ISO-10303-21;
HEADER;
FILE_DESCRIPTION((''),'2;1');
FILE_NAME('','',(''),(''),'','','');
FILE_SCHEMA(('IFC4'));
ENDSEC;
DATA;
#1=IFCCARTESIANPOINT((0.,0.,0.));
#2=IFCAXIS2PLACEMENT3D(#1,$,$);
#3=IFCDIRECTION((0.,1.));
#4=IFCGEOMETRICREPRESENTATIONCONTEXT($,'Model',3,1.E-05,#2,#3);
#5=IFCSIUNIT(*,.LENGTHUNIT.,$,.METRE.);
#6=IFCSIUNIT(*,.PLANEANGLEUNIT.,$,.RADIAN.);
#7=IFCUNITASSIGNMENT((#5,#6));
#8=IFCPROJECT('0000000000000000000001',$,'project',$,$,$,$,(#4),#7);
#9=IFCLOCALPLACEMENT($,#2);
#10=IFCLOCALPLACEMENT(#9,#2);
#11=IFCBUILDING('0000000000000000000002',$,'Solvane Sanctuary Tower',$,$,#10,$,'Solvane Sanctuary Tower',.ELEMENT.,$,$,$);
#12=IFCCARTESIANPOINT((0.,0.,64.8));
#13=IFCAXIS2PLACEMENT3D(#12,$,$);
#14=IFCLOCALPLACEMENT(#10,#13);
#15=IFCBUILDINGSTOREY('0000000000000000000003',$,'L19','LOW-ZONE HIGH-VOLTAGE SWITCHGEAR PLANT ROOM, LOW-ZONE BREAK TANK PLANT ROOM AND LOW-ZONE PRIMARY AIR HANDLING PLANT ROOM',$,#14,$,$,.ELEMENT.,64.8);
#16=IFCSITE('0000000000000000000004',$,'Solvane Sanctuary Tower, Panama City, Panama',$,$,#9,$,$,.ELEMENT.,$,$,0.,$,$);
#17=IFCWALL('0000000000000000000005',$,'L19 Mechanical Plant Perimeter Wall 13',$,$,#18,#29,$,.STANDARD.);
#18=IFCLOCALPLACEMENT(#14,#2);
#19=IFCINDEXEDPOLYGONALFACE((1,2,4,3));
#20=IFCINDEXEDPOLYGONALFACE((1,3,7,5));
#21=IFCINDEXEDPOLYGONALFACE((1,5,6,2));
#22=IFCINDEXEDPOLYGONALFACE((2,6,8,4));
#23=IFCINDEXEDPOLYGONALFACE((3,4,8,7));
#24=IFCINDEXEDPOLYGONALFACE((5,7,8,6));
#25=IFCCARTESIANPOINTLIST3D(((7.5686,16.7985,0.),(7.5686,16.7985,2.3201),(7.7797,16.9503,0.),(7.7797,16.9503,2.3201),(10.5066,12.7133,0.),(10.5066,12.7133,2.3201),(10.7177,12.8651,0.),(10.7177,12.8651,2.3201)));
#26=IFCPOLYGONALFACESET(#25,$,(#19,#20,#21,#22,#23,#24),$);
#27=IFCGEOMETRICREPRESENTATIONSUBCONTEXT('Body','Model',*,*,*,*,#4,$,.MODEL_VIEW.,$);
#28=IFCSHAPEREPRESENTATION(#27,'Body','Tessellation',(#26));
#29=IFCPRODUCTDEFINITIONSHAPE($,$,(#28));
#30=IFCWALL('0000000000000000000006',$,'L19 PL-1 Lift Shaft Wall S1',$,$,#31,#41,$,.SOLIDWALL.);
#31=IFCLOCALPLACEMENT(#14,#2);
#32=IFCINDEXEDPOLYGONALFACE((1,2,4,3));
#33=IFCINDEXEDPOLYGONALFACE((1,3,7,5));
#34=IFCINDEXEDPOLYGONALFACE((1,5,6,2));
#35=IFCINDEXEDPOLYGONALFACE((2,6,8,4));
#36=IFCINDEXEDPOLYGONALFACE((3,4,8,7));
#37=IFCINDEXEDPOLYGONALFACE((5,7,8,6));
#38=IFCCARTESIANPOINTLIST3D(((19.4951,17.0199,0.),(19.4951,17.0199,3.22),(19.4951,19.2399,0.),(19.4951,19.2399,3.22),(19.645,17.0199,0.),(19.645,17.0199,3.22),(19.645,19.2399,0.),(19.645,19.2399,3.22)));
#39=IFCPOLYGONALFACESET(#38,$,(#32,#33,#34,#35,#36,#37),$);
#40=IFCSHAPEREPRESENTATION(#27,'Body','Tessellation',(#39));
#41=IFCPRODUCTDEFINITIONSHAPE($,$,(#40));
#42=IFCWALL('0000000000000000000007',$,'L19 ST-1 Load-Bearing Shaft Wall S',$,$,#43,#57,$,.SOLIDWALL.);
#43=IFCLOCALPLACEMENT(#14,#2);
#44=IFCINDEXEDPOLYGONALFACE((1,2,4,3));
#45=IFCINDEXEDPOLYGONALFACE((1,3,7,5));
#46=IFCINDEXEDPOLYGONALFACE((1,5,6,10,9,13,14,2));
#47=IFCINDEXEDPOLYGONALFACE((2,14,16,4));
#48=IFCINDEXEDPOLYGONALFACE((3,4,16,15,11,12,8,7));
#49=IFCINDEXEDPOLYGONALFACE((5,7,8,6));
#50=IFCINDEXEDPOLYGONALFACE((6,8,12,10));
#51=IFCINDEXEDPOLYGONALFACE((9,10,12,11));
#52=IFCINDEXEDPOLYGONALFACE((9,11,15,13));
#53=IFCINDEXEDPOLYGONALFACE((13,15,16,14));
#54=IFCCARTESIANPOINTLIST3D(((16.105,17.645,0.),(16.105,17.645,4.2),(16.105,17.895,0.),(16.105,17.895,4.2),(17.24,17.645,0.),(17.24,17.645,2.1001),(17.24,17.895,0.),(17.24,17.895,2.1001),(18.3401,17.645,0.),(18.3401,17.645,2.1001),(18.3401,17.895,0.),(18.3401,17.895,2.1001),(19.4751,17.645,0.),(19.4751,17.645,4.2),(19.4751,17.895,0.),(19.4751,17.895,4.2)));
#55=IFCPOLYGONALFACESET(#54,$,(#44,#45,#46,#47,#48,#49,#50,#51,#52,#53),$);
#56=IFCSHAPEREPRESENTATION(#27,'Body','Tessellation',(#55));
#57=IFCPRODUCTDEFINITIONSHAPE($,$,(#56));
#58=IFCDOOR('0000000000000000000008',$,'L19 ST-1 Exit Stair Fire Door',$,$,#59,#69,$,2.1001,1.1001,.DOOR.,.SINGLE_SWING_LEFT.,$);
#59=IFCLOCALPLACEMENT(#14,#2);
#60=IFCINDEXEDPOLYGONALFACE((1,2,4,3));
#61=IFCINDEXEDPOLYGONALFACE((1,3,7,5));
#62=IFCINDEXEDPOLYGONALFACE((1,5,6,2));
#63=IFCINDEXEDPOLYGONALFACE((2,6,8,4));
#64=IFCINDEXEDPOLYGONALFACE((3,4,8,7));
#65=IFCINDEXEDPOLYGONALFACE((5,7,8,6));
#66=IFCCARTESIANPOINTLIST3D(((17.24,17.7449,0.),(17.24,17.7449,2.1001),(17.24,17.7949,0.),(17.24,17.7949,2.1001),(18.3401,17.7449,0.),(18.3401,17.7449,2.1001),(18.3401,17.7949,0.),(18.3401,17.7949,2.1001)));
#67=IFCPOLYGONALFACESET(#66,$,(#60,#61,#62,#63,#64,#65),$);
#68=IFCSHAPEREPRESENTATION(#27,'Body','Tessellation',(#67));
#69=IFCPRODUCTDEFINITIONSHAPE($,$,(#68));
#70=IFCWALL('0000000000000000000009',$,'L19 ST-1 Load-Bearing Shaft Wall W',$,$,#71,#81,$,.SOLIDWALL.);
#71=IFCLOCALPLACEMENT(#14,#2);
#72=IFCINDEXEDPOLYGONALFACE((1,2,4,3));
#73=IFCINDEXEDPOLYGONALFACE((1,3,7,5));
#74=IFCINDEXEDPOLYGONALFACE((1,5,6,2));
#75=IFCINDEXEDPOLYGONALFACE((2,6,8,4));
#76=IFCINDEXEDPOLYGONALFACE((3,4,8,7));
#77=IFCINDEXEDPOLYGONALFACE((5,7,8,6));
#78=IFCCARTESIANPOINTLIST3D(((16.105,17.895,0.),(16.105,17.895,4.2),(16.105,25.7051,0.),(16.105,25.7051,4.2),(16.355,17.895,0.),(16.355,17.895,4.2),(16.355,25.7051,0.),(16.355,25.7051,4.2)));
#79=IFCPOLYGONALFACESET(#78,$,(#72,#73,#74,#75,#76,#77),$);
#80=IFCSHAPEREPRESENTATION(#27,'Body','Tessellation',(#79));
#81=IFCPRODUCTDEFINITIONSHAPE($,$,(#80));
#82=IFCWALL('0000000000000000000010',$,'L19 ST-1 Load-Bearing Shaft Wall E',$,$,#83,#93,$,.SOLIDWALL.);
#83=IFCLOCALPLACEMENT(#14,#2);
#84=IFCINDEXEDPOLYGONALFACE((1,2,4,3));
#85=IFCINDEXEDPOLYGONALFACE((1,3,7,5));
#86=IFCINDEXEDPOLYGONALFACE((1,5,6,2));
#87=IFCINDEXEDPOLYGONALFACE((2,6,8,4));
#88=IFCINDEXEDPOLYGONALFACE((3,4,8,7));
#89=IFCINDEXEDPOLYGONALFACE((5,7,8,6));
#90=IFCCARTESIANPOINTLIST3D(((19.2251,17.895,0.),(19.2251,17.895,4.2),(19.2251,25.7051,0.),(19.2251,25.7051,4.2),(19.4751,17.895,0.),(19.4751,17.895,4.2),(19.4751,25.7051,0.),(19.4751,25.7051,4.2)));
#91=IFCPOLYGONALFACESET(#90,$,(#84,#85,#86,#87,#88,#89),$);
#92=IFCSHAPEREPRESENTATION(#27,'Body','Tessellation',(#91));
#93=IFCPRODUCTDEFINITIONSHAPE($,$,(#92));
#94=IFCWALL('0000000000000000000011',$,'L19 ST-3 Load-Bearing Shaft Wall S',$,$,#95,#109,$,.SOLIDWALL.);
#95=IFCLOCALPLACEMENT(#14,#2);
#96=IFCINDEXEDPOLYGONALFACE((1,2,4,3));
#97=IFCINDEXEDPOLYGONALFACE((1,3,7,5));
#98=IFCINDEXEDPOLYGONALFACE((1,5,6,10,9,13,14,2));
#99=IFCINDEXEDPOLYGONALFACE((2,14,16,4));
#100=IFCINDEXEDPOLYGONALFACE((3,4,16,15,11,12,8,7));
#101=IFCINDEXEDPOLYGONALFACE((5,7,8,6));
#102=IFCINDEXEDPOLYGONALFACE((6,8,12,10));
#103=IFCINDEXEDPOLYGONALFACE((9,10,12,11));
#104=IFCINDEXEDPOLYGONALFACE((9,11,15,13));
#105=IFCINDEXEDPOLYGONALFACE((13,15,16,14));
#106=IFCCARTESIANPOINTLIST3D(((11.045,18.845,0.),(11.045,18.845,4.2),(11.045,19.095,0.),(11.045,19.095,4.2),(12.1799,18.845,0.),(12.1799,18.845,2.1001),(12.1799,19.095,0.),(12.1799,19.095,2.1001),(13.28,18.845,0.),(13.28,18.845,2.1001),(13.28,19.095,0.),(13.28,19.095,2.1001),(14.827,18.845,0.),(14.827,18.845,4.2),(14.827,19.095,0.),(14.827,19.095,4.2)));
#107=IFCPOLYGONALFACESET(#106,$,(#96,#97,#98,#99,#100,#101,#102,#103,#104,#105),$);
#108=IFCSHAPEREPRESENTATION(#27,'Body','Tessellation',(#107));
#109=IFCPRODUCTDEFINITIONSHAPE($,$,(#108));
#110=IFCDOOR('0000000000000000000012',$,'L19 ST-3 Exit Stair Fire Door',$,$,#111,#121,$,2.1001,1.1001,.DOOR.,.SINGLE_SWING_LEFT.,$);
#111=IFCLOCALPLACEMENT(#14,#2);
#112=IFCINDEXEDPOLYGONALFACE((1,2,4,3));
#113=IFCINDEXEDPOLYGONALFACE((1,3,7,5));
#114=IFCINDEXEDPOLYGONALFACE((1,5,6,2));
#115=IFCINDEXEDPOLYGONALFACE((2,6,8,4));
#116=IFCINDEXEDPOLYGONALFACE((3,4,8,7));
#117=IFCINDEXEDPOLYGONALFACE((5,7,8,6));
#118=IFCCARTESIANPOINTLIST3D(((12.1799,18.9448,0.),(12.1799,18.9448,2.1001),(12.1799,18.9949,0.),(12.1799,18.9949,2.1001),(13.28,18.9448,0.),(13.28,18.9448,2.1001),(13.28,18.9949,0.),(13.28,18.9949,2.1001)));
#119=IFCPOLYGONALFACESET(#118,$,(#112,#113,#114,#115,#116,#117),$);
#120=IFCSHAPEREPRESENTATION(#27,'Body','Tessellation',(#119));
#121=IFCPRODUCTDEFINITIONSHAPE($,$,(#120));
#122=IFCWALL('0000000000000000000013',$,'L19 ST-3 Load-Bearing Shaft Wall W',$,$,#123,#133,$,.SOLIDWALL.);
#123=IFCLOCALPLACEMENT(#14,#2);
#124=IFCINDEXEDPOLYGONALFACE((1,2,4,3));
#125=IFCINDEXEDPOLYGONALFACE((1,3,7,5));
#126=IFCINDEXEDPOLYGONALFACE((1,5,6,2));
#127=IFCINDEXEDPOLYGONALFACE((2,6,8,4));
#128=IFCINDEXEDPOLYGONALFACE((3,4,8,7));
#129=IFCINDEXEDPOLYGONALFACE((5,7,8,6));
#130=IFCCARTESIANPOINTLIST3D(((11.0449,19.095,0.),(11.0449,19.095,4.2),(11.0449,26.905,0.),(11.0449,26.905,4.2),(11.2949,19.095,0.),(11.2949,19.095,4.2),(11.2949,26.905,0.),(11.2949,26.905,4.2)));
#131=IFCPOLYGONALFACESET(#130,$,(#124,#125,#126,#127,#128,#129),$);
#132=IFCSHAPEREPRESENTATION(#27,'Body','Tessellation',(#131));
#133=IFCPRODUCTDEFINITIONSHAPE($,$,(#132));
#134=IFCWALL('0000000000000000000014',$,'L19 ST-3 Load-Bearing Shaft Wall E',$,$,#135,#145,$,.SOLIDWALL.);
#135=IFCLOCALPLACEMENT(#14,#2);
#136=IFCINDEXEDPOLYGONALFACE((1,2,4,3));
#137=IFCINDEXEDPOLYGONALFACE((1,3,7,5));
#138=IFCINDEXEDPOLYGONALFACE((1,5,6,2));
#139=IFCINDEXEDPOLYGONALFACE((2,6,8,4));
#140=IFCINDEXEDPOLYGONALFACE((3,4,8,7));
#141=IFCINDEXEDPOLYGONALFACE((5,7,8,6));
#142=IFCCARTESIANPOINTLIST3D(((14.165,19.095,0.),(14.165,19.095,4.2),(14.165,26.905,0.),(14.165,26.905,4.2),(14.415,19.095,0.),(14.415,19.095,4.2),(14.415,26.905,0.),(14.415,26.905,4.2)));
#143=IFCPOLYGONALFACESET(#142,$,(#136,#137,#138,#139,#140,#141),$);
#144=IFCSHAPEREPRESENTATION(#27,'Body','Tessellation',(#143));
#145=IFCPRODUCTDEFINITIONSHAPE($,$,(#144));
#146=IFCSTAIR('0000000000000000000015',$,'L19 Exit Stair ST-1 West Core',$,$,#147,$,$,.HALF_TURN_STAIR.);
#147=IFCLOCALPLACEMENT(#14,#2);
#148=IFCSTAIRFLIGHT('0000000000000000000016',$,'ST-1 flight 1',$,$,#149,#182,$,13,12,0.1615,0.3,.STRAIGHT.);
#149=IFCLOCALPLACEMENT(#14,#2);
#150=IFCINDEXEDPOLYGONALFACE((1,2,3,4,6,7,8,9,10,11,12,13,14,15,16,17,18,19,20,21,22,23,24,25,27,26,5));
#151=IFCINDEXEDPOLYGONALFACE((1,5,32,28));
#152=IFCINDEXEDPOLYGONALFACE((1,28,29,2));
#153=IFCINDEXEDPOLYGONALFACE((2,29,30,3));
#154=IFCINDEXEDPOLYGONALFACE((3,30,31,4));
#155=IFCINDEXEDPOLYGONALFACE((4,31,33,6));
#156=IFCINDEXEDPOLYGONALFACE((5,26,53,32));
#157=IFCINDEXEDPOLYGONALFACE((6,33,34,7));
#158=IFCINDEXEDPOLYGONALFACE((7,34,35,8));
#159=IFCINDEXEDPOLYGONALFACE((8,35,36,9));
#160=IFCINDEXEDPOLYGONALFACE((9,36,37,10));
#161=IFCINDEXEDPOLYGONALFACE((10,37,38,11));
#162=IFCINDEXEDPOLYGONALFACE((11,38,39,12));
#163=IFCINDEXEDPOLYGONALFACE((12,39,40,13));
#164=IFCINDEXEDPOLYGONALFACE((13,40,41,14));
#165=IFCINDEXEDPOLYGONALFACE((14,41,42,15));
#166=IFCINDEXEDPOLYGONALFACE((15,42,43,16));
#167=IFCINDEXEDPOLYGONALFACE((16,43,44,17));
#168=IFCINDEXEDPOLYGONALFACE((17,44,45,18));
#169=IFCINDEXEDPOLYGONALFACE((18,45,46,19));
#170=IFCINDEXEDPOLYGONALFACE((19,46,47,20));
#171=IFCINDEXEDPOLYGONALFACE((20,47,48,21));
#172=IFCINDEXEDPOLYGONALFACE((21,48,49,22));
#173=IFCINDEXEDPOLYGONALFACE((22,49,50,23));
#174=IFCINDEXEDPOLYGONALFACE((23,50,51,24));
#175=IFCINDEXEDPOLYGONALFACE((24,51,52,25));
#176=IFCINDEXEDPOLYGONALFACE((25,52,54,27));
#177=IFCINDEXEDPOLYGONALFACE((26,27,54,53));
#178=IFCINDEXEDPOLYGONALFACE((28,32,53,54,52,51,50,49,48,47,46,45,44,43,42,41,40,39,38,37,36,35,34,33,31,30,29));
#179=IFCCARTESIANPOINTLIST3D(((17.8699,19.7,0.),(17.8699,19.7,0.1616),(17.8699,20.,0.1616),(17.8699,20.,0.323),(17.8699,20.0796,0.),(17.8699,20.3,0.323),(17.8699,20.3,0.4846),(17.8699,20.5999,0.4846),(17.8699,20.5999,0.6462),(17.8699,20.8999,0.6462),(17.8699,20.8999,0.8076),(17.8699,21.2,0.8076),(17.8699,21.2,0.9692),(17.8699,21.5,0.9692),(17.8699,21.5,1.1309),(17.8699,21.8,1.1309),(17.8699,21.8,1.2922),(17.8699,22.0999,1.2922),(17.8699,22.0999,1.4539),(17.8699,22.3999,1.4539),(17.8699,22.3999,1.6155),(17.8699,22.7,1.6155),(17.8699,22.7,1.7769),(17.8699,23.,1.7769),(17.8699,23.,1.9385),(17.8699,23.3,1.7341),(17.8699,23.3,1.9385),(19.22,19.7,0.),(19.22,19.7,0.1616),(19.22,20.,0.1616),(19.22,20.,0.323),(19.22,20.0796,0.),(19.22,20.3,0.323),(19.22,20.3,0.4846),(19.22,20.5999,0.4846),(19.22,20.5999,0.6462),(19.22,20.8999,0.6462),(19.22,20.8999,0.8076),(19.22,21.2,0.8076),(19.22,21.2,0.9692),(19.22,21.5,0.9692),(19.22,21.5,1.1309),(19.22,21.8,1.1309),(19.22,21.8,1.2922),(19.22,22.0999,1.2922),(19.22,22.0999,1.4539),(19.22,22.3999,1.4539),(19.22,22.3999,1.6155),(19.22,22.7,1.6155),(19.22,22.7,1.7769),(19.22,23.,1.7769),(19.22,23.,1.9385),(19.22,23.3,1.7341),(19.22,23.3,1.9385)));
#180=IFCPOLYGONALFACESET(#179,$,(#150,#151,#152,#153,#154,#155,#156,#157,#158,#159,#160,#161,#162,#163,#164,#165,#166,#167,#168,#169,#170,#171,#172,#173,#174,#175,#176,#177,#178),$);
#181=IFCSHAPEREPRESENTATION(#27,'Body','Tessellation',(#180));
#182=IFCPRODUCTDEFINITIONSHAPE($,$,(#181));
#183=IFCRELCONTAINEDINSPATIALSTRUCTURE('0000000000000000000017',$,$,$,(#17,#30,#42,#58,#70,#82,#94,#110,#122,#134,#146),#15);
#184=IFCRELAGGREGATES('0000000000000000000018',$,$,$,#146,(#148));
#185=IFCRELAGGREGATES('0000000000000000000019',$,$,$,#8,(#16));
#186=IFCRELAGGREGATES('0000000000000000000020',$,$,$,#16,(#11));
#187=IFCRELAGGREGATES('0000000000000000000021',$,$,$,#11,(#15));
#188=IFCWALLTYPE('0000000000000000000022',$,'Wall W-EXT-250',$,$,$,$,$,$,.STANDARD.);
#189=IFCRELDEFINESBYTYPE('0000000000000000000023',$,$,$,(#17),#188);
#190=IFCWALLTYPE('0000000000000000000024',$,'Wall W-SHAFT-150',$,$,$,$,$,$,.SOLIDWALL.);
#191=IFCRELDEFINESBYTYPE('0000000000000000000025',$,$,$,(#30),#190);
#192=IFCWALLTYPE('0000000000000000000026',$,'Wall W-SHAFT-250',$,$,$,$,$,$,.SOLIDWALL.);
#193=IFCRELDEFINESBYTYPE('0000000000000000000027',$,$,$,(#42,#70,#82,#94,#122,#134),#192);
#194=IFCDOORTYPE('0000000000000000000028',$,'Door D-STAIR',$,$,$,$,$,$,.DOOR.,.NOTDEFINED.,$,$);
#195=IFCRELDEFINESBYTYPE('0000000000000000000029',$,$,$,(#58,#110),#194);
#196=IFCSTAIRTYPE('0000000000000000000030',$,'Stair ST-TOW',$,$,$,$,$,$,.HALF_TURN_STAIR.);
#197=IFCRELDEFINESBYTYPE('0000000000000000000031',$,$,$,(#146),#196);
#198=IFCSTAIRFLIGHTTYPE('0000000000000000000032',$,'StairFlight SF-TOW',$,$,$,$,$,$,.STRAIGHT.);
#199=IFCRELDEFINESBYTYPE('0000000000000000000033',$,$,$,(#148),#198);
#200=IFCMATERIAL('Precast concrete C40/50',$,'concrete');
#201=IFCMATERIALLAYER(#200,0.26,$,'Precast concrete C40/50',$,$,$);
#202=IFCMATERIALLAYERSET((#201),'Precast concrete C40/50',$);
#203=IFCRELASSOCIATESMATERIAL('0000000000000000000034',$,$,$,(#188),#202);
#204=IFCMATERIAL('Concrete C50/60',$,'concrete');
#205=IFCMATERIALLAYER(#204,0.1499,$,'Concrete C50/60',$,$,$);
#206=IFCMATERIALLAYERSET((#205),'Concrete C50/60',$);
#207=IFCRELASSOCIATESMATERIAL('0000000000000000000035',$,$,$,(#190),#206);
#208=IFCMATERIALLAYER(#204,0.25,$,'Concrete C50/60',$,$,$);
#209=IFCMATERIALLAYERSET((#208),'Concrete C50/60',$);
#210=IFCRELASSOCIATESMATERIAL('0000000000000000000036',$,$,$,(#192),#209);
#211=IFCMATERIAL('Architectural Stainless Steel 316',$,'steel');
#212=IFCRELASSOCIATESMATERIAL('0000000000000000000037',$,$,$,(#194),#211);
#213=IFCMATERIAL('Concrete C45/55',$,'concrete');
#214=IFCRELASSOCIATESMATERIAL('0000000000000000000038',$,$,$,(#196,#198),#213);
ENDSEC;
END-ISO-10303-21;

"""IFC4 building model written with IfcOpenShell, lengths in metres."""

from ifc_helpers import new_model, si_unit, direction, frame, frame_2d, origin, place, context, subcontext, project, spatial, polyline, rectangle, outline, extrude, material, layer, layer_set, type_object, element, fill, aggregate, save


model = new_model("IFC4")

# Units and contexts
model_context = context("Model", 3, precision=1e-05, world=origin(), true_north=direction((0.0, 1.0)))
body_context = subcontext(model_context, "Body", "Model", "MODEL_VIEW")
ifc_project = project(units=[si_unit("LENGTHUNIT", "METRE"), si_unit("PLANEANGLEUNIT", "RADIAN")], contexts=[model_context])

# Site, building, storey
site_placement = place(None, origin())
site = spatial("IfcSite", under=ifc_project, at=site_placement, Name="Solvane Sanctuary Tower, Panama City, Panama", CompositionType="ELEMENT", RefElevation=0.0)
building_placement = place(site_placement, origin())
building = spatial("IfcBuilding", under=site, at=building_placement, Name="Solvane Sanctuary Tower", LongName="Solvane Sanctuary Tower", CompositionType="ELEMENT")
storey_placement = place(building_placement, frame((0.0, 0.0, 64.8)))
storey = spatial("IfcBuildingStorey", under=building, at=storey_placement, Name="L19", Description="LOW-ZONE HIGH-VOLTAGE SWITCHGEAR PLANT ROOM, LOW-ZONE BREAK TANK PLANT ROOM AND LOW-ZONE PRIMARY AIR HANDLING PLANT ROOM", CompositionType="ELEMENT", Elevation=64.8)

# Walls
ifc_material_1 = material(Name="Precast concrete C40/50", Category="concrete")
ifc_layer_1 = layer(ifc_material_1, 0.26, Name="Precast concrete C40/50")
ifc_layer_set_1 = layer_set([ifc_layer_1], Name="Precast concrete C40/50")
wall_type_1 = type_object("IfcWallType", Name="Wall W-EXT-250", PredefinedType="STANDARD", material=ifc_layer_set_1)
wall_1_placement = place(storey_placement, frame((7.6741, 16.8745, 0.0), z_axis=(0.0, 0.0, 1.0), x_axis=(0.583865, -0.811851, 0.0)))
element("IfcWall", 1, at=wall_1_placement, inside=storey, type_object=wall_type_1, Name="L19 Mechanical Plant Perimeter Wall 13", PredefinedType="STANDARD", context=body_context, shape_type="SweptSolid", body=[
    extrude(rectangle(XDim=5.032, YDim=0.26, at=frame_2d((2.5161, 0.0))), origin(), (0.0, 0.0, 1.0), 2.3201),
])
ifc_material_2 = material(Name="Concrete C50/60", Category="concrete")
ifc_layer_2 = layer(ifc_material_2, 0.1499, Name="Concrete C50/60")
ifc_layer_set_2 = layer_set([ifc_layer_2], Name="Concrete C50/60")
wall_type_2 = type_object("IfcWallType", Name="Wall W-SHAFT-150", PredefinedType="SOLIDWALL", material=ifc_layer_set_2)
wall_2_placement = place(storey_placement, frame((19.5701, 17.02, 0.0), z_axis=(0.0, 0.0, 1.0), x_axis=(0.0, 1.0, 0.0)))
element("IfcWall", 2, at=wall_2_placement, inside=storey, type_object=wall_type_2, Name="L19 PL-1 Lift Shaft Wall S1", PredefinedType="SOLIDWALL", context=body_context, shape_type="SweptSolid", body=[
    extrude(rectangle(XDim=2.22, YDim=0.1499, at=frame_2d((1.1099, 0.0))), origin(), (0.0, 0.0, 1.0), 3.22),
])

# Wall, opening, door
ifc_layer_3 = layer(ifc_material_2, 0.25, Name="Concrete C50/60")
ifc_layer_set_3 = layer_set([ifc_layer_3], Name="Concrete C50/60")
wall_type_3 = type_object("IfcWallType", Name="Wall W-SHAFT-250", PredefinedType="SOLIDWALL", material=ifc_layer_set_3)
wall_3_placement = place(storey_placement, frame((16.105, 17.77, 0.0), z_axis=(0.0, 0.0, 1.0), x_axis=(1.0, 0.0, 0.0)))
wall_3 = element("IfcWall", 3, at=wall_3_placement, inside=storey, type_object=wall_type_3, Name="L19 ST-1 Load-Bearing Shaft Wall S", PredefinedType="SOLIDWALL", context=body_context, shape_type="SweptSolid", body=[
    extrude(rectangle(XDim=3.3701, YDim=0.25, at=frame_2d((1.6851, 0.0))), origin(), (0.0, 0.0, 1.0), 4.2),
])
opening_1_placement = place(wall_3_placement, frame((1.135, 0.0, 0.0)))
opening_1 = element("IfcOpeningElement", 4, at=opening_1_placement, cuts=wall_3, PredefinedType="OPENING", context=body_context, shape_type="SweptSolid", body=[
    extrude(rectangle(XDim=1.1001, YDim=2.1001, at=frame_2d((0.55, 1.05))), frame((0.0, 0.135, 0.0), z_axis=(0.0, -1.0, 0.0), x_axis=(1.0, 0.0, 0.0)), (0.0, 0.0, 1.0), 0.27),
])
ifc_material_3 = material(Name="Architectural Stainless Steel 316", Category="steel")
door_type = type_object("IfcDoorType", Name="Door D-STAIR", OperationType="NOTDEFINED", PredefinedType="DOOR", material=ifc_material_3)
door_1_placement = place(opening_1_placement, origin())
door_1 = element("IfcDoor", 5, at=door_1_placement, inside=storey, type_object=door_type, Name="L19 ST-1 Exit Stair Fire Door", OperationType="SINGLE_SWING_LEFT", OverallHeight=2.1001, OverallWidth=1.1001, PredefinedType="DOOR", context=body_context, shape_type="SweptSolid", body=[
    extrude(rectangle(XDim=1.1001, YDim=2.1001, at=frame_2d((0.55, 1.05))), frame((0.0, 0.0249, 0.0), z_axis=(0.0, -1.0, 0.0), x_axis=(1.0, 0.0, 0.0)), (0.0, 0.0, 1.0), 0.05),
])
fill(opening_1, door_1)

# Walls
for number, where, z_axis, x_axis, name in (
    (6, (16.23, 17.895, 0.0), (0.0, 0.0, 1.0), (0.0, 1.0, 0.0), "L19 ST-1 Load-Bearing Shaft Wall W"),
    (7, (19.3501, 17.895, 0.0), (0.0, 0.0, 1.0), (0.0, 1.0, 0.0), "L19 ST-1 Load-Bearing Shaft Wall E"),
):
    element("IfcWall", number, at=place(storey_placement, frame(where, z_axis=z_axis, x_axis=x_axis)), inside=storey, type_object=wall_type_3, Name=name, PredefinedType="SOLIDWALL", context=body_context, shape_type="SweptSolid", body=[
        extrude(rectangle(XDim=7.8101, YDim=0.25, at=frame_2d((3.905, 0.0))), origin(), (0.0, 0.0, 1.0), 4.2),
    ])

# Wall, opening, door
wall_4_placement = place(storey_placement, frame((11.0449, 18.97, 0.0), z_axis=(0.0, 0.0, 1.0), x_axis=(1.0, 0.0, 0.0)))
wall_4 = element("IfcWall", 8, at=wall_4_placement, inside=storey, type_object=wall_type_3, Name="L19 ST-3 Load-Bearing Shaft Wall S", PredefinedType="SOLIDWALL", context=body_context, shape_type="SweptSolid", body=[
    extrude(rectangle(XDim=3.782, YDim=0.25, at=frame_2d((1.8911, 0.0))), origin(), (0.0, 0.0, 1.0), 4.2),
])
opening_2_placement = place(wall_4_placement, frame((1.135, 0.0, 0.0)))
opening_2 = element("IfcOpeningElement", 9, at=opening_2_placement, cuts=wall_4, PredefinedType="OPENING", context=body_context, shape_type="SweptSolid", body=[
    extrude(rectangle(XDim=1.1001, YDim=2.1001, at=frame_2d((0.55, 1.05))), frame((0.0, 0.135, 0.0), z_axis=(0.0, -1.0, 0.0), x_axis=(1.0, 0.0, 0.0)), (0.0, 0.0, 1.0), 0.27),
])
door_2_placement = place(opening_2_placement, origin())
door_2 = element("IfcDoor", 10, at=door_2_placement, inside=storey, type_object=door_type, Name="L19 ST-3 Exit Stair Fire Door", OperationType="SINGLE_SWING_LEFT", OverallHeight=2.1001, OverallWidth=1.1001, PredefinedType="DOOR", context=body_context, shape_type="SweptSolid", body=[
    extrude(rectangle(XDim=1.1001, YDim=2.1001, at=frame_2d((0.55, 1.05))), frame((0.0, 0.0249, 0.0), z_axis=(0.0, -1.0, 0.0), x_axis=(1.0, 0.0, 0.0)), (0.0, 0.0, 1.0), 0.05),
])
fill(opening_2, door_2)

# Walls
for number, where, z_axis, x_axis, name in (
    (11, (11.1699, 19.095, 0.0), (0.0, 0.0, 1.0), (0.0, 1.0, 0.0), "L19 ST-3 Load-Bearing Shaft Wall W"),
    (12, (14.29, 19.095, 0.0), (0.0, 0.0, 1.0), (0.0, 1.0, 0.0), "L19 ST-3 Load-Bearing Shaft Wall E"),
):
    element("IfcWall", number, at=place(storey_placement, frame(where, z_axis=z_axis, x_axis=x_axis)), inside=storey, type_object=wall_type_3, Name=name, PredefinedType="SOLIDWALL", context=body_context, shape_type="SweptSolid", body=[
        extrude(rectangle(XDim=7.8101, YDim=0.25, at=frame_2d((3.905, 0.0))), origin(), (0.0, 0.0, 1.0), 4.2),
    ])

# Stair, stair flight
ifc_material_4 = material(Name="Concrete C45/55", Category="concrete")
stair_type = type_object("IfcStairType", Name="Stair ST-TOW", PredefinedType="HALF_TURN_STAIR", material=ifc_material_4)
stair_1_placement = place(storey_placement, origin())
stair_1 = element("IfcStair", 13, at=stair_1_placement, inside=storey, type_object=stair_type, Name="L19 Exit Stair ST-1 West Core", PredefinedType="HALF_TURN_STAIR")
stair_flight_type = type_object("IfcStairFlightType", Name="StairFlight SF-TOW", PredefinedType="STRAIGHT", material=ifc_material_4)
stair_flight_1_placement = place(storey_placement, frame((18.5449, 19.7, 0.0), z_axis=(0.0, 0.0, 1.0), x_axis=(0.0, 1.0, 0.0)))
stair_flight_1 = element("IfcStairFlight", 14, at=stair_flight_1_placement, type_object=stair_flight_type, Name="ST-1 flight 1", NumberOfRisers=13, NumberOfTreads=12, PredefinedType="STRAIGHT", RiserHeight=0.1615, TreadLength=0.3, context=body_context, shape_type="SweptSolid", body=[
    extrude(outline(polyline([(0.0, 0.0), (0.0, 0.1616), (0.3, 0.1616), (0.3, 0.323), (0.6001, 0.323), (0.6001, 0.4846), (0.8999, 0.4846), (0.8999, 0.6462), (1.2, 0.6462), (1.2, 0.8076), (1.5, 0.8076), (1.5, 0.9692), (1.8, 0.9692), (1.8, 1.1309), (2.1001, 1.1309), (2.1001, 1.2922), (2.3999, 1.2922), (2.3999, 1.4539), (2.7, 1.4539), (2.7, 1.6155), (3.0, 1.6155), (3.0, 1.7769), (3.3, 1.7769), (3.3, 1.9385), (3.6001, 1.9385), (3.6001, 2.1001), (3.6001, 1.7341), (0.3796, 0.0), (0.0, 0.0)])), frame((0.0, 0.675, 0.0), z_axis=(0.0, -1.0, 0.0), x_axis=(1.0, 0.0, 0.0)), (0.0, 0.0, 1.0), 1.3501),
])
aggregate(stair_1, [stair_flight_1])

save(model, "model.ifc")
